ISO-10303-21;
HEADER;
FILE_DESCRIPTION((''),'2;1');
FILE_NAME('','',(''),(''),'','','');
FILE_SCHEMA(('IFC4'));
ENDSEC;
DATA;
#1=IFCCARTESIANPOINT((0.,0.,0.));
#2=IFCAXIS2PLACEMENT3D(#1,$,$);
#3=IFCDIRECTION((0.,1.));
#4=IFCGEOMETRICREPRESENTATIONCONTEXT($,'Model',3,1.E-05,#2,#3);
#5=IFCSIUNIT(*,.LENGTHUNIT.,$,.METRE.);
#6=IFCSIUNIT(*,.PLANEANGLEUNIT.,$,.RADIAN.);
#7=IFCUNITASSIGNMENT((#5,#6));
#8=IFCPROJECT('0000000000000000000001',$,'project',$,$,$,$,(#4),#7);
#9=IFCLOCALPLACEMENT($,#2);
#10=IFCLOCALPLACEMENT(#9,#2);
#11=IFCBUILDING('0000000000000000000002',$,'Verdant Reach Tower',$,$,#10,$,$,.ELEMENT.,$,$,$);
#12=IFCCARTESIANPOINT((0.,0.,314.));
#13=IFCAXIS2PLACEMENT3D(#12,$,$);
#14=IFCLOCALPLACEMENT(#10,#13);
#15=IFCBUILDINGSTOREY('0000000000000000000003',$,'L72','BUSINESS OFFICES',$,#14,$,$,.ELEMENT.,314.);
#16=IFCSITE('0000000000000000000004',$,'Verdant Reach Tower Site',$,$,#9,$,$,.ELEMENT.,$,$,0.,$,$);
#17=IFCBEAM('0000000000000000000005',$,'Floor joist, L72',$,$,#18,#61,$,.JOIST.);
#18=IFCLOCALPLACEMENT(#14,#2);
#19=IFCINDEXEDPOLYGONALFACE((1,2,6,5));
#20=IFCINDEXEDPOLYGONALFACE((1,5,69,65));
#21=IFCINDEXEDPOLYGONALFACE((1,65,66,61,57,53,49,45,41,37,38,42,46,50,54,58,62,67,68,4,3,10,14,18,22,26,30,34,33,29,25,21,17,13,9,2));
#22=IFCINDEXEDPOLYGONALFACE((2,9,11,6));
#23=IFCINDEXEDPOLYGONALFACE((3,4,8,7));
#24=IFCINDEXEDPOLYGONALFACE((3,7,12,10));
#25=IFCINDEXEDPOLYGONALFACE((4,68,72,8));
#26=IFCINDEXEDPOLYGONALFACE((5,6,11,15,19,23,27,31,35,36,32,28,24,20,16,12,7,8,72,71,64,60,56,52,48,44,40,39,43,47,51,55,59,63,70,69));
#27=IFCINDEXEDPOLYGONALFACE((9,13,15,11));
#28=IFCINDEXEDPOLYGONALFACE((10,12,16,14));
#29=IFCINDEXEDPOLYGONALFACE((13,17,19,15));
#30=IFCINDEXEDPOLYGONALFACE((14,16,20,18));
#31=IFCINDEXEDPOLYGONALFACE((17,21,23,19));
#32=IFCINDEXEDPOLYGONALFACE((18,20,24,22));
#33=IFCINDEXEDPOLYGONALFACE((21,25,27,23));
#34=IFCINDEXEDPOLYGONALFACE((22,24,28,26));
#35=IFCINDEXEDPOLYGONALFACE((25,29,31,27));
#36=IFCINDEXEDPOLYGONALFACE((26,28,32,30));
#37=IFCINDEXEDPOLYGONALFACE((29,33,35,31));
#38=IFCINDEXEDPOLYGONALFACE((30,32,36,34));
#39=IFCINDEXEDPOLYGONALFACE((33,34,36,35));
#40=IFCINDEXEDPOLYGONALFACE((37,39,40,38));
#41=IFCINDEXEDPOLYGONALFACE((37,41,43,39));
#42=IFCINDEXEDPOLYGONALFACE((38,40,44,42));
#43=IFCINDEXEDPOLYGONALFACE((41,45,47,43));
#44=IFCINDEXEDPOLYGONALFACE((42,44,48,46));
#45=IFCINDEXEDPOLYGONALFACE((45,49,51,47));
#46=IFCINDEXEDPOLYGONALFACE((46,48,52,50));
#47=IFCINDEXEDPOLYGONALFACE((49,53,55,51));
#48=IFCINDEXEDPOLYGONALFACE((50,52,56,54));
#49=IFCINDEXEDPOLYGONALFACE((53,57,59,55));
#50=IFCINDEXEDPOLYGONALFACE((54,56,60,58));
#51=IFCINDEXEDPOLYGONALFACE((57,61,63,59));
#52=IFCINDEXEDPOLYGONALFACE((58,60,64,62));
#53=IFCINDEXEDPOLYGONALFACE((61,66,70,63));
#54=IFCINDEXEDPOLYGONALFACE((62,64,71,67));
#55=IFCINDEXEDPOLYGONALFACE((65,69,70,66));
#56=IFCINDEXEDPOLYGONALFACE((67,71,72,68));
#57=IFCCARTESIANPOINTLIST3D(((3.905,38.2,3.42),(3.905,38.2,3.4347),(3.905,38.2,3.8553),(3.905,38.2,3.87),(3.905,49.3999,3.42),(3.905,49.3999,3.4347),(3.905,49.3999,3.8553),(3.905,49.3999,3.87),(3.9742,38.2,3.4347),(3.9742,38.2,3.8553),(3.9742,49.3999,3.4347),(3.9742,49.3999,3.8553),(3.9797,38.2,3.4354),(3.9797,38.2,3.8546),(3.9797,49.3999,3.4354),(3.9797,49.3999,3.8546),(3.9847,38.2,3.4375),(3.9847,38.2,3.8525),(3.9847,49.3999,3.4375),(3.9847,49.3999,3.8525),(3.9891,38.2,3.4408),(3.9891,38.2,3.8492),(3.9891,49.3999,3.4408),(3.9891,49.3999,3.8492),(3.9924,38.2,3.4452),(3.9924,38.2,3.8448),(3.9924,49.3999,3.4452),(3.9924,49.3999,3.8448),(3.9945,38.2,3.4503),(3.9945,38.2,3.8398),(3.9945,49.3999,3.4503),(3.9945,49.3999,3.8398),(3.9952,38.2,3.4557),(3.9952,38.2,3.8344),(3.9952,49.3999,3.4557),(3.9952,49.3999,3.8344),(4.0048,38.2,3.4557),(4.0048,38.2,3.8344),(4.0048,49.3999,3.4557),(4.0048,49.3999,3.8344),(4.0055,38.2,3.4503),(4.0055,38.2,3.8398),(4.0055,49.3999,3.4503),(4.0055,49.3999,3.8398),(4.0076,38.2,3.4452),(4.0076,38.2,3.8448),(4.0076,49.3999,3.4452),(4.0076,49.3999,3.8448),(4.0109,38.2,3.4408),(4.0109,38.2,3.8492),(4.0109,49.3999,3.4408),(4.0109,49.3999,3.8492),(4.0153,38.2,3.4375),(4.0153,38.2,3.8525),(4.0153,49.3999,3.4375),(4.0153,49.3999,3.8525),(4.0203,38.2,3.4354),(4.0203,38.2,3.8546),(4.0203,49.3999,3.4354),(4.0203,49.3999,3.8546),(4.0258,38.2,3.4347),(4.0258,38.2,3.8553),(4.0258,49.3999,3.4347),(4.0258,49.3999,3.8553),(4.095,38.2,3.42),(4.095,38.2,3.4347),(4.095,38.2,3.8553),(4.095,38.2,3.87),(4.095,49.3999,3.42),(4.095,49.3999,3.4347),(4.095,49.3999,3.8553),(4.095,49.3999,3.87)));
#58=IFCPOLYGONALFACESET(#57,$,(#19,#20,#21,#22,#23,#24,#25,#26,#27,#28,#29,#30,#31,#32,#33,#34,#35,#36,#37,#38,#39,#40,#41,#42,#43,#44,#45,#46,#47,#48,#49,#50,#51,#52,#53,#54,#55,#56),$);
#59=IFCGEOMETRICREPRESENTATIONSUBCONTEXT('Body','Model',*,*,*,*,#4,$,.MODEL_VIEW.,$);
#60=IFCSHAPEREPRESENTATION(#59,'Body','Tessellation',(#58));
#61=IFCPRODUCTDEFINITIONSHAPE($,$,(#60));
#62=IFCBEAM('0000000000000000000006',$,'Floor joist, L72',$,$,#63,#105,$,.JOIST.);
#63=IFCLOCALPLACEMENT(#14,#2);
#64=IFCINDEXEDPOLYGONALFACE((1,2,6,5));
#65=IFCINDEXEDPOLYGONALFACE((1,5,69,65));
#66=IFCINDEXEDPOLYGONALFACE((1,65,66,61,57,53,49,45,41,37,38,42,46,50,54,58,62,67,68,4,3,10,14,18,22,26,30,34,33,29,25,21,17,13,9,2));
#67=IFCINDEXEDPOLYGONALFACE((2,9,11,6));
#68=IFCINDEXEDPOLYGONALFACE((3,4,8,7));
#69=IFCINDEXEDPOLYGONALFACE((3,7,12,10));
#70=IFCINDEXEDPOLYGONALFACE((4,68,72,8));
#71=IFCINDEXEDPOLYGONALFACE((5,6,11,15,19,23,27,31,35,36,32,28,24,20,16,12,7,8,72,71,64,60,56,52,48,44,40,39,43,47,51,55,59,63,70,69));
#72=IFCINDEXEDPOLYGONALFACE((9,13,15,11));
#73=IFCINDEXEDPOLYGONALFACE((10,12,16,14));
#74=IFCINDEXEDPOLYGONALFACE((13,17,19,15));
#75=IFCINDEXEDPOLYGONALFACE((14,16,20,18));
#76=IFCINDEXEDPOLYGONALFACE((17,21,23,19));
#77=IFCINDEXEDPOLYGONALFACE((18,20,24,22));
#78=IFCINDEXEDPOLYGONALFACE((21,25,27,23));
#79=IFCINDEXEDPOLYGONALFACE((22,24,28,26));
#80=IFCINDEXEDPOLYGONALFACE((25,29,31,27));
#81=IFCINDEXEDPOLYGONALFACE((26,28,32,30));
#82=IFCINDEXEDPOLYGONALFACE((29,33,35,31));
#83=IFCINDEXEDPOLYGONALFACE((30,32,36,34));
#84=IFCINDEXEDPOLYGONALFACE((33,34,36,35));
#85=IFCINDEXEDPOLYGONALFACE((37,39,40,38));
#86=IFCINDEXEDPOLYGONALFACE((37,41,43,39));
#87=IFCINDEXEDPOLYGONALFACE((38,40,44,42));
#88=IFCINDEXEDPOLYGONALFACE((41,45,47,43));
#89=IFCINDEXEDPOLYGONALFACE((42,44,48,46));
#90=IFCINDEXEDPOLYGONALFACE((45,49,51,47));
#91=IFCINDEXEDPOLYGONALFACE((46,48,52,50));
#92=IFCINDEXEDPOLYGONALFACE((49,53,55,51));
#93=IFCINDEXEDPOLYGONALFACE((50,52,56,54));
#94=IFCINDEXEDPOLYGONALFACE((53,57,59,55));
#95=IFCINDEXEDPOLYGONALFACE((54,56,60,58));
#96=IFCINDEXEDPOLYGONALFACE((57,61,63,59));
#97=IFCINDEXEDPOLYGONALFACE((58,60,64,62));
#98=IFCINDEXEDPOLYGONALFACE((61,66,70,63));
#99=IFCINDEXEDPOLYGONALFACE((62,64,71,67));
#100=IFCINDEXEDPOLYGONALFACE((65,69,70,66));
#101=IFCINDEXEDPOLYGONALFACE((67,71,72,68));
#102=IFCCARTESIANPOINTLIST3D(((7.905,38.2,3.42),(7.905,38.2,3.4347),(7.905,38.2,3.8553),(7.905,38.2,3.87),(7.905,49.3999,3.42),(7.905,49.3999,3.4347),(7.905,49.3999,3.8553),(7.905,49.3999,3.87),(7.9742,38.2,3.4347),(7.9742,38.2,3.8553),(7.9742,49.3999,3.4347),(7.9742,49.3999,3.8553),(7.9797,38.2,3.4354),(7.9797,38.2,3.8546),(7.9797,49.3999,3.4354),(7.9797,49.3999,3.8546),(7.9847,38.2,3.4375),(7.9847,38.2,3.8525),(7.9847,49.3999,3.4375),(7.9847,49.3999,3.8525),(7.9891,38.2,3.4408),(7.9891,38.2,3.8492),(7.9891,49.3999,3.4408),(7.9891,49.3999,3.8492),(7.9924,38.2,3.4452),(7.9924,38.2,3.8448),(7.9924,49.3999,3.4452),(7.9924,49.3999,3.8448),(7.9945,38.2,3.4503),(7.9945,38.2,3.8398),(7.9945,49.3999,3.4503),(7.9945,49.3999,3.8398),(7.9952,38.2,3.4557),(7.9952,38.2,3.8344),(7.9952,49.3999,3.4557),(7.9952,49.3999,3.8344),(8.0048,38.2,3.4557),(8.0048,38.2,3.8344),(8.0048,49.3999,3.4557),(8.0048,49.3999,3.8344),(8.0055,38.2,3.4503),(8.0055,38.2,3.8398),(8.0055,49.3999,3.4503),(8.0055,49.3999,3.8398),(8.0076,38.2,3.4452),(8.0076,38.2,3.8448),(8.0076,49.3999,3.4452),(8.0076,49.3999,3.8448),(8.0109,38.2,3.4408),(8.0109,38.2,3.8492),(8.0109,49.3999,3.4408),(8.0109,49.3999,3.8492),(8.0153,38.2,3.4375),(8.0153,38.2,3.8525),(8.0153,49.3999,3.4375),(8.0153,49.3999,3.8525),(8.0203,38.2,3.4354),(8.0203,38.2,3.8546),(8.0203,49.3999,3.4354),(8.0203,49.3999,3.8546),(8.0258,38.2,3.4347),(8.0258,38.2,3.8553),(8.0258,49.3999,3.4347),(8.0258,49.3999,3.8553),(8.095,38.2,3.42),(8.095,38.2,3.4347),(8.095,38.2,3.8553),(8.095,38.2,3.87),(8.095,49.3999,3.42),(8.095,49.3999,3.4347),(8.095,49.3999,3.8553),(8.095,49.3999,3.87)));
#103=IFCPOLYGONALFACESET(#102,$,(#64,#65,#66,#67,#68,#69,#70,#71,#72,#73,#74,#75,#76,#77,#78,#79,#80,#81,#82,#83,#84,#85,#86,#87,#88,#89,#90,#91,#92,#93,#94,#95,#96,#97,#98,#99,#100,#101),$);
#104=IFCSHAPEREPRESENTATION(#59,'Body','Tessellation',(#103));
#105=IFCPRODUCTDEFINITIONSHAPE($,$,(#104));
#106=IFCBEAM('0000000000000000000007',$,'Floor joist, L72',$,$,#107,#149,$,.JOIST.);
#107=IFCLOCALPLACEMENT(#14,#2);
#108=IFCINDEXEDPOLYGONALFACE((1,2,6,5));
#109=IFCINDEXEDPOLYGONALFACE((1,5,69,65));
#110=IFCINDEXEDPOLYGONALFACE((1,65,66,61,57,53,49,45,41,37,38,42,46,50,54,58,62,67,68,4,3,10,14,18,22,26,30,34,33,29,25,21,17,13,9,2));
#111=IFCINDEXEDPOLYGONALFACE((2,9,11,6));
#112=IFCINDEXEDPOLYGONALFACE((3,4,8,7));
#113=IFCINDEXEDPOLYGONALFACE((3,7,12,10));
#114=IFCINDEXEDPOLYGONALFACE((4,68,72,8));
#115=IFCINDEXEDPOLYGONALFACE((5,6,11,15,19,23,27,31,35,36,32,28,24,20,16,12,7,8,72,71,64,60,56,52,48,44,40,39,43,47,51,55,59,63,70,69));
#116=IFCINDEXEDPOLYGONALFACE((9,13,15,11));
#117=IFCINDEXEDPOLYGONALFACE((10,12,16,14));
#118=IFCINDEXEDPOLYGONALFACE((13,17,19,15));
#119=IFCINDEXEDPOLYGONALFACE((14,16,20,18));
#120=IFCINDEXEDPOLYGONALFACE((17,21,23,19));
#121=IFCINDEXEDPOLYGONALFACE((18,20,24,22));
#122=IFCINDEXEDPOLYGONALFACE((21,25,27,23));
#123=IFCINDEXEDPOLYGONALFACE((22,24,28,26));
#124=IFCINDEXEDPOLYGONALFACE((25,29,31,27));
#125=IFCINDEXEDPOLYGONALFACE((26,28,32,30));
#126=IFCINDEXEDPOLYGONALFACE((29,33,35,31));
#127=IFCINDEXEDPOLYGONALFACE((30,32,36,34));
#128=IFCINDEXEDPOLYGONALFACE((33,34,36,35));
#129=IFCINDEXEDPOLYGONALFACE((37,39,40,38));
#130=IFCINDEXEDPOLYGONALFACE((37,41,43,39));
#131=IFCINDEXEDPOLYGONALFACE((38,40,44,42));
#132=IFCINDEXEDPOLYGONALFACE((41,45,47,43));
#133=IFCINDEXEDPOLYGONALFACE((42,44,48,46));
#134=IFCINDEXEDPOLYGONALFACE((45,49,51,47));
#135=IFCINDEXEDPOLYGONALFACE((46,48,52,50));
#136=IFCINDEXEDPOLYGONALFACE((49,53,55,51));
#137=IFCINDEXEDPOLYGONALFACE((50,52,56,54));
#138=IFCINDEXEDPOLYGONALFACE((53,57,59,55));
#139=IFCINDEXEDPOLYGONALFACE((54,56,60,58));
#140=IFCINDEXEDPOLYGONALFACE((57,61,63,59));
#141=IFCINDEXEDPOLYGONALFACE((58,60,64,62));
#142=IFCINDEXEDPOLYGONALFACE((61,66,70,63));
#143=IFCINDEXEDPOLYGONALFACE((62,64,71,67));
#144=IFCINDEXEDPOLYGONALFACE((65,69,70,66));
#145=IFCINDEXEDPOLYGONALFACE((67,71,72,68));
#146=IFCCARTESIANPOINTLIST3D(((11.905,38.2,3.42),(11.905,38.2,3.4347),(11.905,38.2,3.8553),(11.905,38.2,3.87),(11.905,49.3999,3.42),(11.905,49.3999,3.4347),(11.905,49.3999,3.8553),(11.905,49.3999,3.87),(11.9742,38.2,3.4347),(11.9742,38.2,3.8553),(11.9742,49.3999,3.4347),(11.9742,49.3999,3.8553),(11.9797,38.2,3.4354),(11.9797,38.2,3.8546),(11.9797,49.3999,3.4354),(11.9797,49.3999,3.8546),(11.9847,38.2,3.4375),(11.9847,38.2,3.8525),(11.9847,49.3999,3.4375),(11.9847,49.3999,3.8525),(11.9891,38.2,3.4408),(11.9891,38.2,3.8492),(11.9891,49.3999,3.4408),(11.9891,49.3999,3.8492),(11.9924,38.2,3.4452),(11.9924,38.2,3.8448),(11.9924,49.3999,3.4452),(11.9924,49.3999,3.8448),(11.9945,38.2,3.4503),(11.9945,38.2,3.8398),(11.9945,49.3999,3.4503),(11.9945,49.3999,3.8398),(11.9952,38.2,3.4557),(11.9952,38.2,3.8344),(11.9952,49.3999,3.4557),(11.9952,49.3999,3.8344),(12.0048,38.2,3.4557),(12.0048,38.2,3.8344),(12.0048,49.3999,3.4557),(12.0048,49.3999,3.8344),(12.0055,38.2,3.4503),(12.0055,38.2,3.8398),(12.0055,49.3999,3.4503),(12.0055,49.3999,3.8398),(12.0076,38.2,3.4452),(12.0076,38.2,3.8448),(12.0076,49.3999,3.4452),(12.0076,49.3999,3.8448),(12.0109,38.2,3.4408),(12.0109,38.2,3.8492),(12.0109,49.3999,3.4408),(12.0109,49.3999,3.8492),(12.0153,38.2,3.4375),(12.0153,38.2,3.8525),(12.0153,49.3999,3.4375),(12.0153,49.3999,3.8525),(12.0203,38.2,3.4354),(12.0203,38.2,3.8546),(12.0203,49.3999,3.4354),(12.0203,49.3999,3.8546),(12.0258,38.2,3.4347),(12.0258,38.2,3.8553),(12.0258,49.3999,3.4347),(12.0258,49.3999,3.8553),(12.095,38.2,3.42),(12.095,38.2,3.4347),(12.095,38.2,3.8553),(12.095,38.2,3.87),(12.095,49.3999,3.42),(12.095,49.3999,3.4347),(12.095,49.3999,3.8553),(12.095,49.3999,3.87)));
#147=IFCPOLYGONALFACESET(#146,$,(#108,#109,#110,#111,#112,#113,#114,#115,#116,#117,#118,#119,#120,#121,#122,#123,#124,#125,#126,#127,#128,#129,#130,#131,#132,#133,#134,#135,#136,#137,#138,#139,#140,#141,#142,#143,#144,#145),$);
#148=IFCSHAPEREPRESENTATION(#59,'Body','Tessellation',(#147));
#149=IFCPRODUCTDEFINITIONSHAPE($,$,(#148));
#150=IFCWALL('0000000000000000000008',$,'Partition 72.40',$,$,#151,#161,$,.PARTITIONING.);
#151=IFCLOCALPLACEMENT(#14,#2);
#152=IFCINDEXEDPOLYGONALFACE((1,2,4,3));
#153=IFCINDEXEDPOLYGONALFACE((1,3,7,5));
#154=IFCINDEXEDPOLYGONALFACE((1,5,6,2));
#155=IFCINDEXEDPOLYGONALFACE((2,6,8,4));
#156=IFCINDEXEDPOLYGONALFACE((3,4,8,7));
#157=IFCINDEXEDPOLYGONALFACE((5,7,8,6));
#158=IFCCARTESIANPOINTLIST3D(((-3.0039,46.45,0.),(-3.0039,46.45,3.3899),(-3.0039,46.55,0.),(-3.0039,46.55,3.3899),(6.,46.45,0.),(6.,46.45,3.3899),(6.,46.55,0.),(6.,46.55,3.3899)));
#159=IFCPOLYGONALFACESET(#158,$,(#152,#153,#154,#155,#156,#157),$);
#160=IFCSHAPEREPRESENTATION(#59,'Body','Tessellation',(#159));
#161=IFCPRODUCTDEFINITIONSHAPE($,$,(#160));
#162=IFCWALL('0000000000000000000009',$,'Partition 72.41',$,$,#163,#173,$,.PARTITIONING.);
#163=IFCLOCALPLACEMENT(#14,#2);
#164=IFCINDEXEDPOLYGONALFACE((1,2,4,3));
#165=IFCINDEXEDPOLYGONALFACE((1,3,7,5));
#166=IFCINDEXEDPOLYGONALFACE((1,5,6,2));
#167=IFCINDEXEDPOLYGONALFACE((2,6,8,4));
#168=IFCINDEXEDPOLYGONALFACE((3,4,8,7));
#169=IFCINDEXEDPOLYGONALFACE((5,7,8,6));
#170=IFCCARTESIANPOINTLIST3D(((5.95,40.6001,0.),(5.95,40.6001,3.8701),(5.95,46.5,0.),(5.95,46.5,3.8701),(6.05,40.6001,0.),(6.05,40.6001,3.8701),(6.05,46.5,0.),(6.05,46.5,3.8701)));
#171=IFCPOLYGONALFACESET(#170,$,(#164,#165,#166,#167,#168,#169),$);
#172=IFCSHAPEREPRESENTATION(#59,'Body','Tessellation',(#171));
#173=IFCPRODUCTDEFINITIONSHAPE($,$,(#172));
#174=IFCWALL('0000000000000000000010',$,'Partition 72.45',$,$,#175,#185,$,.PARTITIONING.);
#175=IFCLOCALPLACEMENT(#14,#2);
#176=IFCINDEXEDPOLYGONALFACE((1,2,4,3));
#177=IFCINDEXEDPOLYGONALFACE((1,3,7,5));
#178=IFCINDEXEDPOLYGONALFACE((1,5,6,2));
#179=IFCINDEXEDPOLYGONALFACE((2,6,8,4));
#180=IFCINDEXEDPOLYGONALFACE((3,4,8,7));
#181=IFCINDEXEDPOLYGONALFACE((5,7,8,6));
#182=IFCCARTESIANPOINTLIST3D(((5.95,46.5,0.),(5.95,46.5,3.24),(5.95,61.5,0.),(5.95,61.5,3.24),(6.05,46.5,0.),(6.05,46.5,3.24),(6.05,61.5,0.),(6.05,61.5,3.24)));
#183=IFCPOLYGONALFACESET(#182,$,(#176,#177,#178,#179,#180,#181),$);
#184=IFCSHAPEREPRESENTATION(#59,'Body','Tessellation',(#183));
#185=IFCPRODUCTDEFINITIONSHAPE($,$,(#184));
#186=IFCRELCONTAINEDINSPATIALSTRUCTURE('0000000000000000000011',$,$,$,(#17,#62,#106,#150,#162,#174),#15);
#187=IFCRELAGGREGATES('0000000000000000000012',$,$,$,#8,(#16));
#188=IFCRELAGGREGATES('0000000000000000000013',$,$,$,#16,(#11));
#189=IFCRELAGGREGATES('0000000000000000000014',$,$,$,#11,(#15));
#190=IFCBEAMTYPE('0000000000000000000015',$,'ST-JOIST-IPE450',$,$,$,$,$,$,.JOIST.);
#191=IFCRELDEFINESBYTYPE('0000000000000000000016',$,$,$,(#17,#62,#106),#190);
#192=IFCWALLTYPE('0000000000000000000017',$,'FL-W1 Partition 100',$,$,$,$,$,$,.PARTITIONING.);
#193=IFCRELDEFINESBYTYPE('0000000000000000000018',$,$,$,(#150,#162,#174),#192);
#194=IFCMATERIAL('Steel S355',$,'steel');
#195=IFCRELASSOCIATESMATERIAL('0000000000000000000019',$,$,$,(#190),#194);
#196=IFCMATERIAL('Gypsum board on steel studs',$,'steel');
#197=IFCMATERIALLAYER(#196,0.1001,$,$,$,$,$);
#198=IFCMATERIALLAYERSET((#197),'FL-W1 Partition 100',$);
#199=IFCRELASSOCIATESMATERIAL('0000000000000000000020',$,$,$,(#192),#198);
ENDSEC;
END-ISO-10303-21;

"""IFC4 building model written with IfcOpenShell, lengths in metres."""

from ifc_helpers import new_model, si_unit, direction, frame, frame_2d, origin, origin_2d, place, context, subcontext, project, spatial, rectangle, i_section, extrude, material, layer, layer_set, material_profile, profile_set, type_object, element, save


model = new_model("IFC4")

# Units and contexts
model_context = context("Model", 3, precision=1e-05, world=origin(), true_north=direction((0.0, 1.0)))
body_context = subcontext(model_context, "Body", "Model", "MODEL_VIEW")
ifc_project = project(units=[si_unit("LENGTHUNIT", "METRE"), si_unit("PLANEANGLEUNIT", "RADIAN")], contexts=[model_context])

# Site, building, storey
site_placement = place(None, origin())
site = spatial("IfcSite", under=ifc_project, at=site_placement, Name="Verdant Reach Tower Site", CompositionType="ELEMENT", RefElevation=0.0)
building_placement = place(site_placement, origin())
building = spatial("IfcBuilding", under=site, at=building_placement, Name="Verdant Reach Tower", CompositionType="ELEMENT")
storey_placement = place(building_placement, frame((0.0, 0.0, 314.0)))
storey = spatial("IfcBuildingStorey", under=building, at=storey_placement, Name="L72", Description="BUSINESS OFFICES", CompositionType="ELEMENT", Elevation=314.0)

# Beams
ifc_material_1 = material(Name="Steel S355", Category="steel")
ifc_material_profile_1 = material_profile(ifc_material_1, i_section(OverallWidth=0.1899, OverallDepth=0.45, WebThickness=0.0095, FlangeThickness=0.0146, FilletRadius=0.021, at=origin_2d()), Name="IPE 450")
ifc_profile_set_1 = profile_set([ifc_material_profile_1], Name="Steel S355")
beam_type_1 = type_object("IfcBeamType", Name="ST-JOIST-IPE450", PredefinedType="JOIST", material=ifc_profile_set_1)
for number, where, z_axis, x_axis, name in (
    (1, (4.0, 38.2, 3.645), (0.0, 1.0, 0.0), (-1.0, 0.0, 0.0), "Floor joist, L72"),
    (2, (8.0, 38.2, 3.645), (0.0, 1.0, 0.0), (-1.0, 0.0, 0.0), "Floor joist, L72"),
    (3, (12.0, 38.2, 3.645), (0.0, 1.0, 0.0), (-1.0, 0.0, 0.0), "Floor joist, L72"),
):
    element("IfcBeam", number, at=place(storey_placement, frame(where, z_axis=z_axis, x_axis=x_axis)), inside=storey, type_object=beam_type_1, Name=name, PredefinedType="JOIST", context=body_context, shape_type="SweptSolid", body=[
        extrude(i_section(OverallWidth=0.1899, OverallDepth=0.45, WebThickness=0.0095, FlangeThickness=0.0146, FilletRadius=0.021, at=origin_2d()), origin(), (0.0, 0.0, 1.0), 11.2),
    ])

# Walls
ifc_material_2 = material(Name="Gypsum board on steel studs", Category="steel")
ifc_layer_1 = layer(ifc_material_2, 0.1001)
ifc_layer_set_1 = layer_set([ifc_layer_1], Name="FL-W1 Partition 100")
wall_type_1 = type_object("IfcWallType", Name="FL-W1 Partition 100", PredefinedType="PARTITIONING", material=ifc_layer_set_1)
wall_1_placement = place(storey_placement, frame((6.0, 46.5, 0.0), z_axis=(0.0, 0.0, 1.0), x_axis=(-1.0, 0.0, 0.0)))
element("IfcWall", 4, at=wall_1_placement, inside=storey, type_object=wall_type_1, Name="Partition 72.40", PredefinedType="PARTITIONING", context=body_context, shape_type="SweptSolid", body=[
    extrude(rectangle(XDim=9.0039, YDim=0.1001, at=frame_2d((4.502, 0.0))), origin(), (0.0, 0.0, 1.0), 3.3899),
])
wall_2_placement = place(storey_placement, frame((6.0, 40.6001, 0.0), z_axis=(0.0, 0.0, 1.0), x_axis=(0.0, 1.0, 0.0)))
element("IfcWall", 5, at=wall_2_placement, inside=storey, type_object=wall_type_1, Name="Partition 72.41", PredefinedType="PARTITIONING", context=body_context, shape_type="SweptSolid", body=[
    extrude(rectangle(XDim=5.8999, YDim=0.1001, at=frame_2d((2.95, 0.0))), origin(), (0.0, 0.0, 1.0), 3.8701),
])
wall_3_placement = place(storey_placement, frame((6.0, 46.5, 0.0), z_axis=(0.0, 0.0, 1.0), x_axis=(0.0, 1.0, 0.0)))
element("IfcWall", 6, at=wall_3_placement, inside=storey, type_object=wall_type_1, Name="Partition 72.45", PredefinedType="PARTITIONING", context=body_context, shape_type="SweptSolid", body=[
    extrude(rectangle(XDim=15.0, YDim=0.1001, at=frame_2d((7.5, 0.0))), origin(), (0.0, 0.0, 1.0), 3.24),
])

save(model, "model.ifc")
